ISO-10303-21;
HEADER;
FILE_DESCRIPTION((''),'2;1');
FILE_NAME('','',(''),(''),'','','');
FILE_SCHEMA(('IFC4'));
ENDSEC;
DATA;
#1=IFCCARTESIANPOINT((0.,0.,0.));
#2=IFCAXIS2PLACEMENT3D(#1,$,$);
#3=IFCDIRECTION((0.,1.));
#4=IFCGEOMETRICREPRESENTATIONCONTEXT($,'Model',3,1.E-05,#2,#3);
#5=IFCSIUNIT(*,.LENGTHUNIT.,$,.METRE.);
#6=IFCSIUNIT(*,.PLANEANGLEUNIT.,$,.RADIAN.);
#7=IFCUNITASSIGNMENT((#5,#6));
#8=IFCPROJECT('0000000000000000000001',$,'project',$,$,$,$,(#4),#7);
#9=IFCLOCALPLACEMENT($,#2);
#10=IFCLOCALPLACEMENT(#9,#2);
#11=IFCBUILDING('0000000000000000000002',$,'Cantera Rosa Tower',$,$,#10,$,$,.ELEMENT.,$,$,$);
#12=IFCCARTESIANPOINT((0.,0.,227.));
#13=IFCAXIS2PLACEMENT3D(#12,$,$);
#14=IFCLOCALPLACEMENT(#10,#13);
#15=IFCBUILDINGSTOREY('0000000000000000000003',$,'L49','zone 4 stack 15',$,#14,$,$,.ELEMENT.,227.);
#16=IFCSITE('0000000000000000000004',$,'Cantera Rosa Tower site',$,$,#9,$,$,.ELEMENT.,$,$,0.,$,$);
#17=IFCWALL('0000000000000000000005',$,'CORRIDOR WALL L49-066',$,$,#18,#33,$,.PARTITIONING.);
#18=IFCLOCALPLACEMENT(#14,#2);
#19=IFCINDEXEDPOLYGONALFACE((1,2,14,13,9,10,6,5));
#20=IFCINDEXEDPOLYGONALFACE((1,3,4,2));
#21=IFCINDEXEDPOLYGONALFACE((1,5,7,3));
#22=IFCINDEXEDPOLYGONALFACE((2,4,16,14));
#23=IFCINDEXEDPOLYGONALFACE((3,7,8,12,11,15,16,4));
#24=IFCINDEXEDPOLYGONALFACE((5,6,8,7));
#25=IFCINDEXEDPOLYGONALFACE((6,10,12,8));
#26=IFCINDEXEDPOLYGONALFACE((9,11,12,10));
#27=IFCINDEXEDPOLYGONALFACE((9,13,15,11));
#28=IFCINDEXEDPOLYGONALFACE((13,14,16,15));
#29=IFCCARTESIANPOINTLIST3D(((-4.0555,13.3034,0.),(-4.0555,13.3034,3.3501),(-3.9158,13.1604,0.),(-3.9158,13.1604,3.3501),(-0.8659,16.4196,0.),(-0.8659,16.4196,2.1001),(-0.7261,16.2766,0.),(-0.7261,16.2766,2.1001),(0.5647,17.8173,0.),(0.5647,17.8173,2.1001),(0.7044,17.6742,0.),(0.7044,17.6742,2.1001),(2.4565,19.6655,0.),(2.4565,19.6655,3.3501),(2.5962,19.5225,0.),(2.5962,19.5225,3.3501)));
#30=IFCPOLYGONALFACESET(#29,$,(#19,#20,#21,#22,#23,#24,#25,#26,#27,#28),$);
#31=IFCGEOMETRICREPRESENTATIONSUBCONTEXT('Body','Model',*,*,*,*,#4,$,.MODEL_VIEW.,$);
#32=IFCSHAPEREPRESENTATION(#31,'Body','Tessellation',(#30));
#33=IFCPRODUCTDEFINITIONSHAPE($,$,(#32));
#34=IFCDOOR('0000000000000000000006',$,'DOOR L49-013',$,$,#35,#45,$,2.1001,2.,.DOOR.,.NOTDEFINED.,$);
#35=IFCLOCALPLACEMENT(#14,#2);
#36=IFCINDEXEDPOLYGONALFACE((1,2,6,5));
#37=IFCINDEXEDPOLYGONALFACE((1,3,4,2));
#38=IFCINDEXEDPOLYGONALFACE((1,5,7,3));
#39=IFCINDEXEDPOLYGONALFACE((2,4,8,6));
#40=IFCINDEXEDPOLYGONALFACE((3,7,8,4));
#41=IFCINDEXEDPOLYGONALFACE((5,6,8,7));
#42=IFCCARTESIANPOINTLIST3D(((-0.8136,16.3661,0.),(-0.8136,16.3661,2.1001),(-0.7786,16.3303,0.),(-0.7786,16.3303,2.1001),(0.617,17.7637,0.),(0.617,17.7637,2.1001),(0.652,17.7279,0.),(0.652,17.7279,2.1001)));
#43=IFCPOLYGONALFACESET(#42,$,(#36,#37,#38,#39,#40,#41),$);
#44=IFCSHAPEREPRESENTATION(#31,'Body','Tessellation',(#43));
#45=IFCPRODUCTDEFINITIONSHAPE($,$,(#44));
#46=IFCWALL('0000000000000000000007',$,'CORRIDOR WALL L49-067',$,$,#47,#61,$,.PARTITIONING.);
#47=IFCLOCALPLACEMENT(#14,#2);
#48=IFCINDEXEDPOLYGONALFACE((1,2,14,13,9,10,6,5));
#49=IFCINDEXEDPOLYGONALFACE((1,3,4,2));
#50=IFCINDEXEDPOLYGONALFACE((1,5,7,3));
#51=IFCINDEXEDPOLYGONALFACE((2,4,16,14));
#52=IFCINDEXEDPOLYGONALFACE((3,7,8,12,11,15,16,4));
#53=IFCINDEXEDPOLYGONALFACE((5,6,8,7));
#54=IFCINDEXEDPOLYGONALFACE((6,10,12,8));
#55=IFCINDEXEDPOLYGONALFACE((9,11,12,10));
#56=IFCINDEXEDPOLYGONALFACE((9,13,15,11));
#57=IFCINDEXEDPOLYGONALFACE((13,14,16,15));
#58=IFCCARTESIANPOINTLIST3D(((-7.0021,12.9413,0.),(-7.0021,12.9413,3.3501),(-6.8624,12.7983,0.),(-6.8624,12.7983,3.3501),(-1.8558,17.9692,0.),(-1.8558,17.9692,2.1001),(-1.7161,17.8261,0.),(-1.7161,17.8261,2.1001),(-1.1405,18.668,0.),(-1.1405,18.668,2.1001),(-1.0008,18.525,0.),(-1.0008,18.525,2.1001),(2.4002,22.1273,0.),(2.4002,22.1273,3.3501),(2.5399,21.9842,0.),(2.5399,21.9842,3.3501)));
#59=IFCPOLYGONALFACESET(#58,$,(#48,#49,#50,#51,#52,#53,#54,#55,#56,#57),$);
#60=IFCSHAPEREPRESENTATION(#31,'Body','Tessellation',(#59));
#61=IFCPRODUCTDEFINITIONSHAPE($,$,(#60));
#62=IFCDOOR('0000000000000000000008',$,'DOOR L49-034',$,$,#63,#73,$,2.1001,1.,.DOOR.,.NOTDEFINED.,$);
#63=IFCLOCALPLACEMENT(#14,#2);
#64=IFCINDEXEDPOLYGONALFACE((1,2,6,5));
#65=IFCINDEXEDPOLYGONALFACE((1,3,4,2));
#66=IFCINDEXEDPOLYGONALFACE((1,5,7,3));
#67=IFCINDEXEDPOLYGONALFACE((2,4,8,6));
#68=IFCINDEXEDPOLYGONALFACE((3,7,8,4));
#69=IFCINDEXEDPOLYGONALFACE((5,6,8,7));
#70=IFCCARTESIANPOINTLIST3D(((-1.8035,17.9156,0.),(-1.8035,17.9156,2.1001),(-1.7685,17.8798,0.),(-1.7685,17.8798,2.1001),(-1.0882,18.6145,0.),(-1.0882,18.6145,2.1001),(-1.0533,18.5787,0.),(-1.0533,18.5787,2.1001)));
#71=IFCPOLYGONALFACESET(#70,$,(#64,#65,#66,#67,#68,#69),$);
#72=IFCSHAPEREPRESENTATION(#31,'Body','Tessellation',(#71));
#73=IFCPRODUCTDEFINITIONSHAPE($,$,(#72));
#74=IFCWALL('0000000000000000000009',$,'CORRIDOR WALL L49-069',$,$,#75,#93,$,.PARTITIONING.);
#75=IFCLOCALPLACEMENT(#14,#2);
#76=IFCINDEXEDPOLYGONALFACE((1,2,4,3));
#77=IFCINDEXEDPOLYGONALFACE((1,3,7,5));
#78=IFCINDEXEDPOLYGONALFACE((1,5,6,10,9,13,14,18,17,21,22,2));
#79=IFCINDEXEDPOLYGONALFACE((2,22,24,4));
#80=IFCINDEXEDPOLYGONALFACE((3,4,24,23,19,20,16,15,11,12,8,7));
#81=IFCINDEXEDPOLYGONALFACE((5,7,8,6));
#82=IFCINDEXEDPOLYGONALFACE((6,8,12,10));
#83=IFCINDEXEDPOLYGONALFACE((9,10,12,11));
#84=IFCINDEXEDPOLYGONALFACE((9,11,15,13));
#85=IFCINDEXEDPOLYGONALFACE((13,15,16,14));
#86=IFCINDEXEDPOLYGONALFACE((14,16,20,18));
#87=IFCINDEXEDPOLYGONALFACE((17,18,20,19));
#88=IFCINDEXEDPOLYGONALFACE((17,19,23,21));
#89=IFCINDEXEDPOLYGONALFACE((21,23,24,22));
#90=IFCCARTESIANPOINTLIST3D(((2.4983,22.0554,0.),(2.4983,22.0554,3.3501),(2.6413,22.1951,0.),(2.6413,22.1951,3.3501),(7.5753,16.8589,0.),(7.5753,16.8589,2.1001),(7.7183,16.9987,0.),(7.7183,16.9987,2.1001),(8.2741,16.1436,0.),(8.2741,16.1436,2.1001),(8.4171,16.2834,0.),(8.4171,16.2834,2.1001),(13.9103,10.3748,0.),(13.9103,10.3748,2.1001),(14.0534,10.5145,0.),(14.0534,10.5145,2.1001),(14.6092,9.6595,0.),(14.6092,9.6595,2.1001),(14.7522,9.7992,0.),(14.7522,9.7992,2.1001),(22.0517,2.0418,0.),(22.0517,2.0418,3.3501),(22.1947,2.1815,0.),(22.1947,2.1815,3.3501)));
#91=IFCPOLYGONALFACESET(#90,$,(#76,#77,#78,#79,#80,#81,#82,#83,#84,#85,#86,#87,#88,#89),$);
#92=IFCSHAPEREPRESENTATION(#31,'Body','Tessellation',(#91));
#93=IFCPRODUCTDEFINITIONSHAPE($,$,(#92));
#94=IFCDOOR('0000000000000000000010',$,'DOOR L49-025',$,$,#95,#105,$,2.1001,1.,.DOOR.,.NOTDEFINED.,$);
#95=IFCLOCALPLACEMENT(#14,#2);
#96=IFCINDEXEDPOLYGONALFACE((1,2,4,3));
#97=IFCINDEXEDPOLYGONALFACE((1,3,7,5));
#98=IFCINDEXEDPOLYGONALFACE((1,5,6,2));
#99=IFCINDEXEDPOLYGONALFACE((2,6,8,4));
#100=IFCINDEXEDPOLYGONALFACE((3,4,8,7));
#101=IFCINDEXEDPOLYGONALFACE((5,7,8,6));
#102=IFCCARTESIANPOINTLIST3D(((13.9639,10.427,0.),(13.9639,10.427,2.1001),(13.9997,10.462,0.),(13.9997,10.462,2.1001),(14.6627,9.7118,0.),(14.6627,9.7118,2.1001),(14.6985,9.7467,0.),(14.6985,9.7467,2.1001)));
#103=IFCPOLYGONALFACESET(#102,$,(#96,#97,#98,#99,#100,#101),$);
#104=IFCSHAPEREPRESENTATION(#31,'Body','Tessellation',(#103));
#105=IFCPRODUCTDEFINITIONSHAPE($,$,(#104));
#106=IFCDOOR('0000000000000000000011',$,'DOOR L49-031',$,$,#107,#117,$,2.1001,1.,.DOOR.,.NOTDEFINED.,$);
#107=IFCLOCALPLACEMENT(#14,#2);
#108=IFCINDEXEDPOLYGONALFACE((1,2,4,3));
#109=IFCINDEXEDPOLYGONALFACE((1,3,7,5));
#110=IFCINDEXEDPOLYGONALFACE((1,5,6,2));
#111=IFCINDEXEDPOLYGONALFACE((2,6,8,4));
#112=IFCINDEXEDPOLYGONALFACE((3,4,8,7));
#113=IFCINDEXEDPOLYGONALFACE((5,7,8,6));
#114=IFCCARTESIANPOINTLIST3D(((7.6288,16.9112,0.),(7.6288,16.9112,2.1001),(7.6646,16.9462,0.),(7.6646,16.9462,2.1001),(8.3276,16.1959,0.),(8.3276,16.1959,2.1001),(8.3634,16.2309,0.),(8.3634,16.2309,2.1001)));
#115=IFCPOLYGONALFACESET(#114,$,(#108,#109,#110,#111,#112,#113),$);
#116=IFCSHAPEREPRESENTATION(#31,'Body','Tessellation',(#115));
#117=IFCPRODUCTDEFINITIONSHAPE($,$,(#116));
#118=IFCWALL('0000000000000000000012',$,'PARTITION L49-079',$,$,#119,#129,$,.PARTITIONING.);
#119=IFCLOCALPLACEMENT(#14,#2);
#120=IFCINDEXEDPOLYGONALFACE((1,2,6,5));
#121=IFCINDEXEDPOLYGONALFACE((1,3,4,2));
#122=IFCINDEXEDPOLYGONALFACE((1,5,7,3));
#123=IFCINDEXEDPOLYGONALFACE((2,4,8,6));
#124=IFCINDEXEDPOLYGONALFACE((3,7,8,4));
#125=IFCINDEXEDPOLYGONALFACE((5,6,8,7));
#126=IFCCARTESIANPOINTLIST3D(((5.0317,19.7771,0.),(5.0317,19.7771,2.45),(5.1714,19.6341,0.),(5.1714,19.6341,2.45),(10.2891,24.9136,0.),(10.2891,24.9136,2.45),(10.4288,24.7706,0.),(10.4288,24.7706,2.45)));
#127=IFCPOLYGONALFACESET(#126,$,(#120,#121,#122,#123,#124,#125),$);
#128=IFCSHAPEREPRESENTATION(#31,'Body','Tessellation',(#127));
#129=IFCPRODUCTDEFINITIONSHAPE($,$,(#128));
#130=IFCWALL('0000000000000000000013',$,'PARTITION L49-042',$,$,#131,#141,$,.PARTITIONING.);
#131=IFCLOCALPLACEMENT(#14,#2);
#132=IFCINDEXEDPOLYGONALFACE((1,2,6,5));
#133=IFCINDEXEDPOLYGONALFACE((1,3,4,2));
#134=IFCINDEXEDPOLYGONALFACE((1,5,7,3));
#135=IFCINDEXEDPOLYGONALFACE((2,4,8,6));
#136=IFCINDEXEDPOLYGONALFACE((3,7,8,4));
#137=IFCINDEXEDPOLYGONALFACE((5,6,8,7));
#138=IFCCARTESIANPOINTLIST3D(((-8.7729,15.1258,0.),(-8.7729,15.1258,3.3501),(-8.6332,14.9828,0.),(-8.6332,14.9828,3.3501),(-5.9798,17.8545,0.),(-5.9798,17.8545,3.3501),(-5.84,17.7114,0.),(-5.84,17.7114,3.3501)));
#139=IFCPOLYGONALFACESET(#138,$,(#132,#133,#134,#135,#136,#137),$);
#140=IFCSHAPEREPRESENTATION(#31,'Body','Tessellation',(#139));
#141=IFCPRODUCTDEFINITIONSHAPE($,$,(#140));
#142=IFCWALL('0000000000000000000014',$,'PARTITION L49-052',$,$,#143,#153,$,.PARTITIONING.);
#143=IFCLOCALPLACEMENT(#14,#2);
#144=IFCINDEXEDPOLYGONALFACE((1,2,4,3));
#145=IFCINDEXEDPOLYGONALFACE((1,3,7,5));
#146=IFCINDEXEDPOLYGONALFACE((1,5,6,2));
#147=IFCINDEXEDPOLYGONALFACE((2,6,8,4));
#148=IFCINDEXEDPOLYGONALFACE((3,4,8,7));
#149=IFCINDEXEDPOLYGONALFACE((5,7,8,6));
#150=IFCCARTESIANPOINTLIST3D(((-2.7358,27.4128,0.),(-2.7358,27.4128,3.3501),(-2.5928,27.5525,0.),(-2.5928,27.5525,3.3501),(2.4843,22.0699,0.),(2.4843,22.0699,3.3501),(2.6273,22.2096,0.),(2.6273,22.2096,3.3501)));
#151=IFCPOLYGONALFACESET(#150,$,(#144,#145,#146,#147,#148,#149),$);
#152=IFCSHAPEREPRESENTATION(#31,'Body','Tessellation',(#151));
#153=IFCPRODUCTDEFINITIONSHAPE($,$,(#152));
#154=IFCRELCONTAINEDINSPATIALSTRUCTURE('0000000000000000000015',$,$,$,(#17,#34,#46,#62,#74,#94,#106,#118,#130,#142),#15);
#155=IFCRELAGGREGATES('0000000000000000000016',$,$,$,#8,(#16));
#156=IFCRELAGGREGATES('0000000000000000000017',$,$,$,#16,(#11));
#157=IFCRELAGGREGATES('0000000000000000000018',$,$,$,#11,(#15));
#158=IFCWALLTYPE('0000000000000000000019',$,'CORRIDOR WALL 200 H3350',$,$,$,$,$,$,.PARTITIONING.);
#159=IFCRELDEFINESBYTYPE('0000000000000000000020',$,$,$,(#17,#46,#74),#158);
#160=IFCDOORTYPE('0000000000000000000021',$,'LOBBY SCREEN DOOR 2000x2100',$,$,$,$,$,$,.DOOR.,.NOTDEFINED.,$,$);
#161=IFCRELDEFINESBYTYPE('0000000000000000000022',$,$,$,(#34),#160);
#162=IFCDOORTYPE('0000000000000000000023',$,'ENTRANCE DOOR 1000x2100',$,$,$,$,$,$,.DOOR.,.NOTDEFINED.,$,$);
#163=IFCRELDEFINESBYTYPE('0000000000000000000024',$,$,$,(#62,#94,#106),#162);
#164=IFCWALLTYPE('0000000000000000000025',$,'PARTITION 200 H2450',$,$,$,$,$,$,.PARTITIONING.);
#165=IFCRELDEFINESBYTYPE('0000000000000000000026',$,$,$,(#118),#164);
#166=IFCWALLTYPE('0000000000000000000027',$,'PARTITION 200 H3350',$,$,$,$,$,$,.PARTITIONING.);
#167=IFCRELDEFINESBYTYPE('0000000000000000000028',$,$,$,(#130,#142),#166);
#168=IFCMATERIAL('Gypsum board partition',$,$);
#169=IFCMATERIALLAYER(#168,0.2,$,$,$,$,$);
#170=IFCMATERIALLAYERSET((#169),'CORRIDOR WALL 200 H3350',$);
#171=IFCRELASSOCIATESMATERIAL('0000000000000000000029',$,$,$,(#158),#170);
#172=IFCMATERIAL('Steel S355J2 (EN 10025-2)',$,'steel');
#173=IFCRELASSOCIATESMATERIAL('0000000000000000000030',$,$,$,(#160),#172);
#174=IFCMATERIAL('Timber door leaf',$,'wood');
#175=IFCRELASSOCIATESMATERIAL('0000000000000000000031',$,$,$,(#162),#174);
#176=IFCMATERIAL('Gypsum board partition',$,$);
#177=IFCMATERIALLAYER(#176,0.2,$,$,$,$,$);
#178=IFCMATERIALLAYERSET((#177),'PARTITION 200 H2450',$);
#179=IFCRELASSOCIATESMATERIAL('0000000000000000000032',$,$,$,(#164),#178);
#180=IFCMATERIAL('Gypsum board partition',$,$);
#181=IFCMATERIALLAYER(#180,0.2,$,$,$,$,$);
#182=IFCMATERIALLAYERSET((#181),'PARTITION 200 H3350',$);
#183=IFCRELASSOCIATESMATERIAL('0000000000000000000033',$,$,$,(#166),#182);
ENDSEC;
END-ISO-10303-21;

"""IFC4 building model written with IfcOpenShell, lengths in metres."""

from ifc_helpers import new_model, si_unit, direction, frame, frame_2d, origin, place, context, subcontext, project, spatial, rectangle, extrude, material, layer, layer_set, type_object, element, fill, save


model = new_model("IFC4")

# Units and contexts
model_context = context("Model", 3, precision=1e-05, world=origin(), true_north=direction((0.0, 1.0)))
body_context = subcontext(model_context, "Body", "Model", "MODEL_VIEW")
ifc_project = project(units=[si_unit("LENGTHUNIT", "METRE"), si_unit("PLANEANGLEUNIT", "RADIAN")], contexts=[model_context])

# Site, building, storey
site_placement = place(None, origin())
site = spatial("IfcSite", under=ifc_project, at=site_placement, Name="Cantera Rosa Tower site", CompositionType="ELEMENT", RefElevation=0.0)
building_placement = place(site_placement, origin())
building = spatial("IfcBuilding", under=site, at=building_placement, Name="Cantera Rosa Tower", CompositionType="ELEMENT")
storey_placement = place(building_placement, frame((0.0, 0.0, 227.0)))
storey = spatial("IfcBuildingStorey", under=building, at=storey_placement, Name="L49", Description="zone 4 stack 15", CompositionType="ELEMENT", Elevation=227.0)

# Walls, openings, doors
ifc_material_1 = material(Name="Gypsum board partition")
ifc_layer_1 = layer(ifc_material_1, 0.2)
ifc_layer_set_1 = layer_set([ifc_layer_1], Name="CORRIDOR WALL 200 H3350")
wall_type_1 = type_object("IfcWallType", Name="CORRIDOR WALL 200 H3350", PredefinedType="PARTITIONING", material=ifc_layer_set_1)
wall_1_placement = place(storey_placement, frame((2.5264, 19.594, 0.0), z_axis=(0.0, 0.0, 1.0), x_axis=(-0.715292, -0.698826, 0.0)))
wall_1 = element("IfcWall", 1, at=wall_1_placement, inside=storey, type_object=wall_type_1, Name="CORRIDOR WALL L49-066", PredefinedType="PARTITIONING", context=body_context, shape_type="SweptSolid", body=[
    extrude(rectangle(XDim=9.104, YDim=0.2, at=frame_2d((4.552, 0.0))), origin(), (0.0, 0.0, 1.0), 3.3501),
])
opening_1_placement = place(wall_1_placement, frame((2.6448, 0.0, 0.0)))
opening_1 = element("IfcOpeningElement", 2, at=opening_1_placement, cuts=wall_1, PredefinedType="OPENING", context=body_context, shape_type="SweptSolid", body=[
    extrude(rectangle(XDim=2.0, YDim=2.1001, at=frame_2d((1.0, 1.05))), frame((0.0, 0.1099, 0.0), z_axis=(0.0, -1.0, 0.0), x_axis=(1.0, 0.0, 0.0)), (0.0, 0.0, 1.0), 0.22),
])
ifc_material_2 = material(Name="Steel S355J2 (EN 10025-2)", Category="steel")
door_type_1 = type_object("IfcDoorType", Name="LOBBY SCREEN DOOR 2000x2100", OperationType="NOTDEFINED", PredefinedType="DOOR", material=ifc_material_2)
door_1_placement = place(opening_1_placement, origin())
door_1 = element("IfcDoor", 3, at=door_1_placement, inside=storey, type_object=door_type_1, Name="DOOR L49-013", OperationType="NOTDEFINED", OverallHeight=2.1001, OverallWidth=2.0, PredefinedType="DOOR", context=body_context, shape_type="SweptSolid", body=[
    extrude(rectangle(XDim=2.0, YDim=2.1001, at=frame_2d((1.0, 1.05))), frame((0.0, 0.0249, 0.0), z_axis=(0.0, -1.0, 0.0), x_axis=(1.0, 0.0, 0.0)), (0.0, 0.0, 1.0), 0.05),
])
fill(opening_1, door_1)
wall_2_placement = place(storey_placement, frame((2.47, 22.0557, 0.0), z_axis=(0.0, 0.0, 1.0), x_axis=(-0.715287, -0.698831, 0.0)))
wall_2 = element("IfcWall", 4, at=wall_2_placement, inside=storey, type_object=wall_type_1, Name="CORRIDOR WALL L49-067", PredefinedType="PARTITIONING", context=body_context, shape_type="SweptSolid", body=[
    extrude(rectangle(XDim=13.1448, YDim=0.2, at=frame_2d((6.5723, 0.0))), origin(), (0.0, 0.0, 1.0), 3.3501),
])
opening_2_placement = place(wall_2_placement, frame((4.95, 0.0, 0.0)))
opening_2 = element("IfcOpeningElement", 5, at=opening_2_placement, cuts=wall_2, PredefinedType="OPENING", context=body_context, shape_type="SweptSolid", body=[
    extrude(rectangle(XDim=1.0, YDim=2.1001, at=frame_2d((0.5, 1.05))), frame((0.0, 0.1099, 0.0), z_axis=(0.0, -1.0, 0.0), x_axis=(1.0, 0.0, 0.0)), (0.0, 0.0, 1.0), 0.22),
])
ifc_material_3 = material(Name="Timber door leaf", Category="wood")
door_type_2 = type_object("IfcDoorType", Name="ENTRANCE DOOR 1000x2100", OperationType="NOTDEFINED", PredefinedType="DOOR", material=ifc_material_3)
door_2_placement = place(opening_2_placement, origin())
door_2 = element("IfcDoor", 6, at=door_2_placement, inside=storey, type_object=door_type_2, Name="DOOR L49-034", OperationType="NOTDEFINED", OverallHeight=2.1001, OverallWidth=1.0, PredefinedType="DOOR", context=body_context, shape_type="SweptSolid", body=[
    extrude(rectangle(XDim=1.0, YDim=2.1001, at=frame_2d((0.5, 1.05))), frame((0.0, 0.0249, 0.0), z_axis=(0.0, -1.0, 0.0), x_axis=(1.0, 0.0, 0.0)), (0.0, 0.0, 1.0), 0.05),
])
fill(opening_2, door_2)

# Wall, openings, doors
wall_3_placement = place(storey_placement, frame((2.5698, 22.1252, 0.0), z_axis=(0.0, 0.0, 1.0), x_axis=(0.698835, -0.715283, 0.0)))
wall_3 = element("IfcWall", 7, at=wall_3_placement, inside=storey, type_object=wall_type_1, Name="CORRIDOR WALL L49-069", PredefinedType="PARTITIONING", context=body_context, shape_type="SweptSolid", body=[
    extrude(rectangle(XDim=27.98, YDim=0.2, at=frame_2d((13.99, 0.0))), origin(), (0.0, 0.0, 1.0), 3.3501),
])
opening_3_placement = place(wall_3_placement, frame((16.3301, 0.0, 0.0)))
opening_3 = element("IfcOpeningElement", 8, at=opening_3_placement, cuts=wall_3, PredefinedType="OPENING", context=body_context, shape_type="SweptSolid", body=[
    extrude(rectangle(XDim=1.0, YDim=2.1001, at=frame_2d((0.5, 1.05))), frame((0.0, 0.1099, 0.0), z_axis=(0.0, -1.0, 0.0), x_axis=(1.0, 0.0, 0.0)), (0.0, 0.0, 1.0), 0.22),
])
opening_4_placement = place(wall_3_placement, frame((7.2649, 0.0, 0.0)))
opening_4 = element("IfcOpeningElement", 9, at=opening_4_placement, cuts=wall_3, PredefinedType="OPENING", context=body_context, shape_type="SweptSolid", body=[
    extrude(rectangle(XDim=1.0, YDim=2.1001, at=frame_2d((0.5, 1.05))), frame((0.0, 0.1099, 0.0), z_axis=(0.0, -1.0, 0.0), x_axis=(1.0, 0.0, 0.0)), (0.0, 0.0, 1.0), 0.22),
])
door_3_placement = place(opening_3_placement, origin())
door_3 = element("IfcDoor", 10, at=door_3_placement, inside=storey, type_object=door_type_2, Name="DOOR L49-025", OperationType="NOTDEFINED", OverallHeight=2.1001, OverallWidth=1.0, PredefinedType="DOOR", context=body_context, shape_type="SweptSolid", body=[
    extrude(rectangle(XDim=1.0, YDim=2.1001, at=frame_2d((0.5, 1.05))), frame((0.0, 0.0249, 0.0), z_axis=(0.0, -1.0, 0.0), x_axis=(1.0, 0.0, 0.0)), (0.0, 0.0, 1.0), 0.05),
])
fill(opening_3, door_3)
door_4_placement = place(opening_4_placement, origin())
door_4 = element("IfcDoor", 11, at=door_4_placement, inside=storey, type_object=door_type_2, Name="DOOR L49-031", OperationType="NOTDEFINED", OverallHeight=2.1001, OverallWidth=1.0, PredefinedType="DOOR", context=body_context, shape_type="SweptSolid", body=[
    extrude(rectangle(XDim=1.0, YDim=2.1001, at=frame_2d((0.5, 1.05))), frame((0.0, 0.0249, 0.0), z_axis=(0.0, -1.0, 0.0), x_axis=(1.0, 0.0, 0.0)), (0.0, 0.0, 1.0), 0.05),
])
fill(opening_4, door_4)

# Walls
ifc_material_4 = material(Name="Gypsum board partition")
ifc_layer_2 = layer(ifc_material_4, 0.2)
ifc_layer_set_2 = layer_set([ifc_layer_2], Name="PARTITION 200 H2450")
wall_type_2 = type_object("IfcWallType", Name="PARTITION 200 H2450", PredefinedType="PARTITIONING", material=ifc_layer_set_2)
wall_4_placement = place(storey_placement, frame((5.1016, 19.7056, 0.0), z_axis=(0.0, 0.0, 1.0), x_axis=(0.71528, 0.698838, 0.0)))
element("IfcWall", 12, at=wall_4_placement, inside=storey, type_object=wall_type_2, Name="PARTITION L49-079", PredefinedType="PARTITIONING", context=body_context, shape_type="SweptSolid", body=[
    extrude(rectangle(XDim=7.3501, YDim=0.2, at=frame_2d((3.675, 0.0))), origin(), (0.0, 0.0, 1.0), 2.45),
])
ifc_material_5 = material(Name="Gypsum board partition")
ifc_layer_3 = layer(ifc_material_5, 0.2)
ifc_layer_set_3 = layer_set([ifc_layer_3], Name="PARTITION 200 H3350")
wall_type_3 = type_object("IfcWallType", Name="PARTITION 200 H3350", PredefinedType="PARTITIONING", material=ifc_layer_set_3)
wall_5_placement = place(storey_placement, frame((-5.9099, 17.783, 0.0), z_axis=(0.0, 0.0, 1.0), x_axis=(-0.715311, -0.698806, 0.0)))
element("IfcWall", 13, at=wall_5_placement, inside=storey, type_object=wall_type_3, Name="PARTITION L49-042", PredefinedType="PARTITIONING", context=body_context, shape_type="SweptSolid", body=[
    extrude(rectangle(XDim=3.9048, YDim=0.2, at=frame_2d((1.9524, 0.0))), origin(), (0.0, 0.0, 1.0), 3.3501),
])
wall_6_placement = place(storey_placement, frame((-2.6643, 27.4827, 0.0), z_axis=(0.0, 0.0, 1.0), x_axis=(0.698839, -0.715279, 0.0)))
element("IfcWall", 14, at=wall_6_placement, inside=storey, type_object=wall_type_3, Name="PARTITION L49-052", PredefinedType="PARTITIONING", context=body_context, shape_type="SweptSolid", body=[
    extrude(rectangle(XDim=7.4697, YDim=0.2, at=frame_2d((3.7349, 0.0))), origin(), (0.0, 0.0, 1.0), 3.3501),
])

save(model, "model.ifc")
